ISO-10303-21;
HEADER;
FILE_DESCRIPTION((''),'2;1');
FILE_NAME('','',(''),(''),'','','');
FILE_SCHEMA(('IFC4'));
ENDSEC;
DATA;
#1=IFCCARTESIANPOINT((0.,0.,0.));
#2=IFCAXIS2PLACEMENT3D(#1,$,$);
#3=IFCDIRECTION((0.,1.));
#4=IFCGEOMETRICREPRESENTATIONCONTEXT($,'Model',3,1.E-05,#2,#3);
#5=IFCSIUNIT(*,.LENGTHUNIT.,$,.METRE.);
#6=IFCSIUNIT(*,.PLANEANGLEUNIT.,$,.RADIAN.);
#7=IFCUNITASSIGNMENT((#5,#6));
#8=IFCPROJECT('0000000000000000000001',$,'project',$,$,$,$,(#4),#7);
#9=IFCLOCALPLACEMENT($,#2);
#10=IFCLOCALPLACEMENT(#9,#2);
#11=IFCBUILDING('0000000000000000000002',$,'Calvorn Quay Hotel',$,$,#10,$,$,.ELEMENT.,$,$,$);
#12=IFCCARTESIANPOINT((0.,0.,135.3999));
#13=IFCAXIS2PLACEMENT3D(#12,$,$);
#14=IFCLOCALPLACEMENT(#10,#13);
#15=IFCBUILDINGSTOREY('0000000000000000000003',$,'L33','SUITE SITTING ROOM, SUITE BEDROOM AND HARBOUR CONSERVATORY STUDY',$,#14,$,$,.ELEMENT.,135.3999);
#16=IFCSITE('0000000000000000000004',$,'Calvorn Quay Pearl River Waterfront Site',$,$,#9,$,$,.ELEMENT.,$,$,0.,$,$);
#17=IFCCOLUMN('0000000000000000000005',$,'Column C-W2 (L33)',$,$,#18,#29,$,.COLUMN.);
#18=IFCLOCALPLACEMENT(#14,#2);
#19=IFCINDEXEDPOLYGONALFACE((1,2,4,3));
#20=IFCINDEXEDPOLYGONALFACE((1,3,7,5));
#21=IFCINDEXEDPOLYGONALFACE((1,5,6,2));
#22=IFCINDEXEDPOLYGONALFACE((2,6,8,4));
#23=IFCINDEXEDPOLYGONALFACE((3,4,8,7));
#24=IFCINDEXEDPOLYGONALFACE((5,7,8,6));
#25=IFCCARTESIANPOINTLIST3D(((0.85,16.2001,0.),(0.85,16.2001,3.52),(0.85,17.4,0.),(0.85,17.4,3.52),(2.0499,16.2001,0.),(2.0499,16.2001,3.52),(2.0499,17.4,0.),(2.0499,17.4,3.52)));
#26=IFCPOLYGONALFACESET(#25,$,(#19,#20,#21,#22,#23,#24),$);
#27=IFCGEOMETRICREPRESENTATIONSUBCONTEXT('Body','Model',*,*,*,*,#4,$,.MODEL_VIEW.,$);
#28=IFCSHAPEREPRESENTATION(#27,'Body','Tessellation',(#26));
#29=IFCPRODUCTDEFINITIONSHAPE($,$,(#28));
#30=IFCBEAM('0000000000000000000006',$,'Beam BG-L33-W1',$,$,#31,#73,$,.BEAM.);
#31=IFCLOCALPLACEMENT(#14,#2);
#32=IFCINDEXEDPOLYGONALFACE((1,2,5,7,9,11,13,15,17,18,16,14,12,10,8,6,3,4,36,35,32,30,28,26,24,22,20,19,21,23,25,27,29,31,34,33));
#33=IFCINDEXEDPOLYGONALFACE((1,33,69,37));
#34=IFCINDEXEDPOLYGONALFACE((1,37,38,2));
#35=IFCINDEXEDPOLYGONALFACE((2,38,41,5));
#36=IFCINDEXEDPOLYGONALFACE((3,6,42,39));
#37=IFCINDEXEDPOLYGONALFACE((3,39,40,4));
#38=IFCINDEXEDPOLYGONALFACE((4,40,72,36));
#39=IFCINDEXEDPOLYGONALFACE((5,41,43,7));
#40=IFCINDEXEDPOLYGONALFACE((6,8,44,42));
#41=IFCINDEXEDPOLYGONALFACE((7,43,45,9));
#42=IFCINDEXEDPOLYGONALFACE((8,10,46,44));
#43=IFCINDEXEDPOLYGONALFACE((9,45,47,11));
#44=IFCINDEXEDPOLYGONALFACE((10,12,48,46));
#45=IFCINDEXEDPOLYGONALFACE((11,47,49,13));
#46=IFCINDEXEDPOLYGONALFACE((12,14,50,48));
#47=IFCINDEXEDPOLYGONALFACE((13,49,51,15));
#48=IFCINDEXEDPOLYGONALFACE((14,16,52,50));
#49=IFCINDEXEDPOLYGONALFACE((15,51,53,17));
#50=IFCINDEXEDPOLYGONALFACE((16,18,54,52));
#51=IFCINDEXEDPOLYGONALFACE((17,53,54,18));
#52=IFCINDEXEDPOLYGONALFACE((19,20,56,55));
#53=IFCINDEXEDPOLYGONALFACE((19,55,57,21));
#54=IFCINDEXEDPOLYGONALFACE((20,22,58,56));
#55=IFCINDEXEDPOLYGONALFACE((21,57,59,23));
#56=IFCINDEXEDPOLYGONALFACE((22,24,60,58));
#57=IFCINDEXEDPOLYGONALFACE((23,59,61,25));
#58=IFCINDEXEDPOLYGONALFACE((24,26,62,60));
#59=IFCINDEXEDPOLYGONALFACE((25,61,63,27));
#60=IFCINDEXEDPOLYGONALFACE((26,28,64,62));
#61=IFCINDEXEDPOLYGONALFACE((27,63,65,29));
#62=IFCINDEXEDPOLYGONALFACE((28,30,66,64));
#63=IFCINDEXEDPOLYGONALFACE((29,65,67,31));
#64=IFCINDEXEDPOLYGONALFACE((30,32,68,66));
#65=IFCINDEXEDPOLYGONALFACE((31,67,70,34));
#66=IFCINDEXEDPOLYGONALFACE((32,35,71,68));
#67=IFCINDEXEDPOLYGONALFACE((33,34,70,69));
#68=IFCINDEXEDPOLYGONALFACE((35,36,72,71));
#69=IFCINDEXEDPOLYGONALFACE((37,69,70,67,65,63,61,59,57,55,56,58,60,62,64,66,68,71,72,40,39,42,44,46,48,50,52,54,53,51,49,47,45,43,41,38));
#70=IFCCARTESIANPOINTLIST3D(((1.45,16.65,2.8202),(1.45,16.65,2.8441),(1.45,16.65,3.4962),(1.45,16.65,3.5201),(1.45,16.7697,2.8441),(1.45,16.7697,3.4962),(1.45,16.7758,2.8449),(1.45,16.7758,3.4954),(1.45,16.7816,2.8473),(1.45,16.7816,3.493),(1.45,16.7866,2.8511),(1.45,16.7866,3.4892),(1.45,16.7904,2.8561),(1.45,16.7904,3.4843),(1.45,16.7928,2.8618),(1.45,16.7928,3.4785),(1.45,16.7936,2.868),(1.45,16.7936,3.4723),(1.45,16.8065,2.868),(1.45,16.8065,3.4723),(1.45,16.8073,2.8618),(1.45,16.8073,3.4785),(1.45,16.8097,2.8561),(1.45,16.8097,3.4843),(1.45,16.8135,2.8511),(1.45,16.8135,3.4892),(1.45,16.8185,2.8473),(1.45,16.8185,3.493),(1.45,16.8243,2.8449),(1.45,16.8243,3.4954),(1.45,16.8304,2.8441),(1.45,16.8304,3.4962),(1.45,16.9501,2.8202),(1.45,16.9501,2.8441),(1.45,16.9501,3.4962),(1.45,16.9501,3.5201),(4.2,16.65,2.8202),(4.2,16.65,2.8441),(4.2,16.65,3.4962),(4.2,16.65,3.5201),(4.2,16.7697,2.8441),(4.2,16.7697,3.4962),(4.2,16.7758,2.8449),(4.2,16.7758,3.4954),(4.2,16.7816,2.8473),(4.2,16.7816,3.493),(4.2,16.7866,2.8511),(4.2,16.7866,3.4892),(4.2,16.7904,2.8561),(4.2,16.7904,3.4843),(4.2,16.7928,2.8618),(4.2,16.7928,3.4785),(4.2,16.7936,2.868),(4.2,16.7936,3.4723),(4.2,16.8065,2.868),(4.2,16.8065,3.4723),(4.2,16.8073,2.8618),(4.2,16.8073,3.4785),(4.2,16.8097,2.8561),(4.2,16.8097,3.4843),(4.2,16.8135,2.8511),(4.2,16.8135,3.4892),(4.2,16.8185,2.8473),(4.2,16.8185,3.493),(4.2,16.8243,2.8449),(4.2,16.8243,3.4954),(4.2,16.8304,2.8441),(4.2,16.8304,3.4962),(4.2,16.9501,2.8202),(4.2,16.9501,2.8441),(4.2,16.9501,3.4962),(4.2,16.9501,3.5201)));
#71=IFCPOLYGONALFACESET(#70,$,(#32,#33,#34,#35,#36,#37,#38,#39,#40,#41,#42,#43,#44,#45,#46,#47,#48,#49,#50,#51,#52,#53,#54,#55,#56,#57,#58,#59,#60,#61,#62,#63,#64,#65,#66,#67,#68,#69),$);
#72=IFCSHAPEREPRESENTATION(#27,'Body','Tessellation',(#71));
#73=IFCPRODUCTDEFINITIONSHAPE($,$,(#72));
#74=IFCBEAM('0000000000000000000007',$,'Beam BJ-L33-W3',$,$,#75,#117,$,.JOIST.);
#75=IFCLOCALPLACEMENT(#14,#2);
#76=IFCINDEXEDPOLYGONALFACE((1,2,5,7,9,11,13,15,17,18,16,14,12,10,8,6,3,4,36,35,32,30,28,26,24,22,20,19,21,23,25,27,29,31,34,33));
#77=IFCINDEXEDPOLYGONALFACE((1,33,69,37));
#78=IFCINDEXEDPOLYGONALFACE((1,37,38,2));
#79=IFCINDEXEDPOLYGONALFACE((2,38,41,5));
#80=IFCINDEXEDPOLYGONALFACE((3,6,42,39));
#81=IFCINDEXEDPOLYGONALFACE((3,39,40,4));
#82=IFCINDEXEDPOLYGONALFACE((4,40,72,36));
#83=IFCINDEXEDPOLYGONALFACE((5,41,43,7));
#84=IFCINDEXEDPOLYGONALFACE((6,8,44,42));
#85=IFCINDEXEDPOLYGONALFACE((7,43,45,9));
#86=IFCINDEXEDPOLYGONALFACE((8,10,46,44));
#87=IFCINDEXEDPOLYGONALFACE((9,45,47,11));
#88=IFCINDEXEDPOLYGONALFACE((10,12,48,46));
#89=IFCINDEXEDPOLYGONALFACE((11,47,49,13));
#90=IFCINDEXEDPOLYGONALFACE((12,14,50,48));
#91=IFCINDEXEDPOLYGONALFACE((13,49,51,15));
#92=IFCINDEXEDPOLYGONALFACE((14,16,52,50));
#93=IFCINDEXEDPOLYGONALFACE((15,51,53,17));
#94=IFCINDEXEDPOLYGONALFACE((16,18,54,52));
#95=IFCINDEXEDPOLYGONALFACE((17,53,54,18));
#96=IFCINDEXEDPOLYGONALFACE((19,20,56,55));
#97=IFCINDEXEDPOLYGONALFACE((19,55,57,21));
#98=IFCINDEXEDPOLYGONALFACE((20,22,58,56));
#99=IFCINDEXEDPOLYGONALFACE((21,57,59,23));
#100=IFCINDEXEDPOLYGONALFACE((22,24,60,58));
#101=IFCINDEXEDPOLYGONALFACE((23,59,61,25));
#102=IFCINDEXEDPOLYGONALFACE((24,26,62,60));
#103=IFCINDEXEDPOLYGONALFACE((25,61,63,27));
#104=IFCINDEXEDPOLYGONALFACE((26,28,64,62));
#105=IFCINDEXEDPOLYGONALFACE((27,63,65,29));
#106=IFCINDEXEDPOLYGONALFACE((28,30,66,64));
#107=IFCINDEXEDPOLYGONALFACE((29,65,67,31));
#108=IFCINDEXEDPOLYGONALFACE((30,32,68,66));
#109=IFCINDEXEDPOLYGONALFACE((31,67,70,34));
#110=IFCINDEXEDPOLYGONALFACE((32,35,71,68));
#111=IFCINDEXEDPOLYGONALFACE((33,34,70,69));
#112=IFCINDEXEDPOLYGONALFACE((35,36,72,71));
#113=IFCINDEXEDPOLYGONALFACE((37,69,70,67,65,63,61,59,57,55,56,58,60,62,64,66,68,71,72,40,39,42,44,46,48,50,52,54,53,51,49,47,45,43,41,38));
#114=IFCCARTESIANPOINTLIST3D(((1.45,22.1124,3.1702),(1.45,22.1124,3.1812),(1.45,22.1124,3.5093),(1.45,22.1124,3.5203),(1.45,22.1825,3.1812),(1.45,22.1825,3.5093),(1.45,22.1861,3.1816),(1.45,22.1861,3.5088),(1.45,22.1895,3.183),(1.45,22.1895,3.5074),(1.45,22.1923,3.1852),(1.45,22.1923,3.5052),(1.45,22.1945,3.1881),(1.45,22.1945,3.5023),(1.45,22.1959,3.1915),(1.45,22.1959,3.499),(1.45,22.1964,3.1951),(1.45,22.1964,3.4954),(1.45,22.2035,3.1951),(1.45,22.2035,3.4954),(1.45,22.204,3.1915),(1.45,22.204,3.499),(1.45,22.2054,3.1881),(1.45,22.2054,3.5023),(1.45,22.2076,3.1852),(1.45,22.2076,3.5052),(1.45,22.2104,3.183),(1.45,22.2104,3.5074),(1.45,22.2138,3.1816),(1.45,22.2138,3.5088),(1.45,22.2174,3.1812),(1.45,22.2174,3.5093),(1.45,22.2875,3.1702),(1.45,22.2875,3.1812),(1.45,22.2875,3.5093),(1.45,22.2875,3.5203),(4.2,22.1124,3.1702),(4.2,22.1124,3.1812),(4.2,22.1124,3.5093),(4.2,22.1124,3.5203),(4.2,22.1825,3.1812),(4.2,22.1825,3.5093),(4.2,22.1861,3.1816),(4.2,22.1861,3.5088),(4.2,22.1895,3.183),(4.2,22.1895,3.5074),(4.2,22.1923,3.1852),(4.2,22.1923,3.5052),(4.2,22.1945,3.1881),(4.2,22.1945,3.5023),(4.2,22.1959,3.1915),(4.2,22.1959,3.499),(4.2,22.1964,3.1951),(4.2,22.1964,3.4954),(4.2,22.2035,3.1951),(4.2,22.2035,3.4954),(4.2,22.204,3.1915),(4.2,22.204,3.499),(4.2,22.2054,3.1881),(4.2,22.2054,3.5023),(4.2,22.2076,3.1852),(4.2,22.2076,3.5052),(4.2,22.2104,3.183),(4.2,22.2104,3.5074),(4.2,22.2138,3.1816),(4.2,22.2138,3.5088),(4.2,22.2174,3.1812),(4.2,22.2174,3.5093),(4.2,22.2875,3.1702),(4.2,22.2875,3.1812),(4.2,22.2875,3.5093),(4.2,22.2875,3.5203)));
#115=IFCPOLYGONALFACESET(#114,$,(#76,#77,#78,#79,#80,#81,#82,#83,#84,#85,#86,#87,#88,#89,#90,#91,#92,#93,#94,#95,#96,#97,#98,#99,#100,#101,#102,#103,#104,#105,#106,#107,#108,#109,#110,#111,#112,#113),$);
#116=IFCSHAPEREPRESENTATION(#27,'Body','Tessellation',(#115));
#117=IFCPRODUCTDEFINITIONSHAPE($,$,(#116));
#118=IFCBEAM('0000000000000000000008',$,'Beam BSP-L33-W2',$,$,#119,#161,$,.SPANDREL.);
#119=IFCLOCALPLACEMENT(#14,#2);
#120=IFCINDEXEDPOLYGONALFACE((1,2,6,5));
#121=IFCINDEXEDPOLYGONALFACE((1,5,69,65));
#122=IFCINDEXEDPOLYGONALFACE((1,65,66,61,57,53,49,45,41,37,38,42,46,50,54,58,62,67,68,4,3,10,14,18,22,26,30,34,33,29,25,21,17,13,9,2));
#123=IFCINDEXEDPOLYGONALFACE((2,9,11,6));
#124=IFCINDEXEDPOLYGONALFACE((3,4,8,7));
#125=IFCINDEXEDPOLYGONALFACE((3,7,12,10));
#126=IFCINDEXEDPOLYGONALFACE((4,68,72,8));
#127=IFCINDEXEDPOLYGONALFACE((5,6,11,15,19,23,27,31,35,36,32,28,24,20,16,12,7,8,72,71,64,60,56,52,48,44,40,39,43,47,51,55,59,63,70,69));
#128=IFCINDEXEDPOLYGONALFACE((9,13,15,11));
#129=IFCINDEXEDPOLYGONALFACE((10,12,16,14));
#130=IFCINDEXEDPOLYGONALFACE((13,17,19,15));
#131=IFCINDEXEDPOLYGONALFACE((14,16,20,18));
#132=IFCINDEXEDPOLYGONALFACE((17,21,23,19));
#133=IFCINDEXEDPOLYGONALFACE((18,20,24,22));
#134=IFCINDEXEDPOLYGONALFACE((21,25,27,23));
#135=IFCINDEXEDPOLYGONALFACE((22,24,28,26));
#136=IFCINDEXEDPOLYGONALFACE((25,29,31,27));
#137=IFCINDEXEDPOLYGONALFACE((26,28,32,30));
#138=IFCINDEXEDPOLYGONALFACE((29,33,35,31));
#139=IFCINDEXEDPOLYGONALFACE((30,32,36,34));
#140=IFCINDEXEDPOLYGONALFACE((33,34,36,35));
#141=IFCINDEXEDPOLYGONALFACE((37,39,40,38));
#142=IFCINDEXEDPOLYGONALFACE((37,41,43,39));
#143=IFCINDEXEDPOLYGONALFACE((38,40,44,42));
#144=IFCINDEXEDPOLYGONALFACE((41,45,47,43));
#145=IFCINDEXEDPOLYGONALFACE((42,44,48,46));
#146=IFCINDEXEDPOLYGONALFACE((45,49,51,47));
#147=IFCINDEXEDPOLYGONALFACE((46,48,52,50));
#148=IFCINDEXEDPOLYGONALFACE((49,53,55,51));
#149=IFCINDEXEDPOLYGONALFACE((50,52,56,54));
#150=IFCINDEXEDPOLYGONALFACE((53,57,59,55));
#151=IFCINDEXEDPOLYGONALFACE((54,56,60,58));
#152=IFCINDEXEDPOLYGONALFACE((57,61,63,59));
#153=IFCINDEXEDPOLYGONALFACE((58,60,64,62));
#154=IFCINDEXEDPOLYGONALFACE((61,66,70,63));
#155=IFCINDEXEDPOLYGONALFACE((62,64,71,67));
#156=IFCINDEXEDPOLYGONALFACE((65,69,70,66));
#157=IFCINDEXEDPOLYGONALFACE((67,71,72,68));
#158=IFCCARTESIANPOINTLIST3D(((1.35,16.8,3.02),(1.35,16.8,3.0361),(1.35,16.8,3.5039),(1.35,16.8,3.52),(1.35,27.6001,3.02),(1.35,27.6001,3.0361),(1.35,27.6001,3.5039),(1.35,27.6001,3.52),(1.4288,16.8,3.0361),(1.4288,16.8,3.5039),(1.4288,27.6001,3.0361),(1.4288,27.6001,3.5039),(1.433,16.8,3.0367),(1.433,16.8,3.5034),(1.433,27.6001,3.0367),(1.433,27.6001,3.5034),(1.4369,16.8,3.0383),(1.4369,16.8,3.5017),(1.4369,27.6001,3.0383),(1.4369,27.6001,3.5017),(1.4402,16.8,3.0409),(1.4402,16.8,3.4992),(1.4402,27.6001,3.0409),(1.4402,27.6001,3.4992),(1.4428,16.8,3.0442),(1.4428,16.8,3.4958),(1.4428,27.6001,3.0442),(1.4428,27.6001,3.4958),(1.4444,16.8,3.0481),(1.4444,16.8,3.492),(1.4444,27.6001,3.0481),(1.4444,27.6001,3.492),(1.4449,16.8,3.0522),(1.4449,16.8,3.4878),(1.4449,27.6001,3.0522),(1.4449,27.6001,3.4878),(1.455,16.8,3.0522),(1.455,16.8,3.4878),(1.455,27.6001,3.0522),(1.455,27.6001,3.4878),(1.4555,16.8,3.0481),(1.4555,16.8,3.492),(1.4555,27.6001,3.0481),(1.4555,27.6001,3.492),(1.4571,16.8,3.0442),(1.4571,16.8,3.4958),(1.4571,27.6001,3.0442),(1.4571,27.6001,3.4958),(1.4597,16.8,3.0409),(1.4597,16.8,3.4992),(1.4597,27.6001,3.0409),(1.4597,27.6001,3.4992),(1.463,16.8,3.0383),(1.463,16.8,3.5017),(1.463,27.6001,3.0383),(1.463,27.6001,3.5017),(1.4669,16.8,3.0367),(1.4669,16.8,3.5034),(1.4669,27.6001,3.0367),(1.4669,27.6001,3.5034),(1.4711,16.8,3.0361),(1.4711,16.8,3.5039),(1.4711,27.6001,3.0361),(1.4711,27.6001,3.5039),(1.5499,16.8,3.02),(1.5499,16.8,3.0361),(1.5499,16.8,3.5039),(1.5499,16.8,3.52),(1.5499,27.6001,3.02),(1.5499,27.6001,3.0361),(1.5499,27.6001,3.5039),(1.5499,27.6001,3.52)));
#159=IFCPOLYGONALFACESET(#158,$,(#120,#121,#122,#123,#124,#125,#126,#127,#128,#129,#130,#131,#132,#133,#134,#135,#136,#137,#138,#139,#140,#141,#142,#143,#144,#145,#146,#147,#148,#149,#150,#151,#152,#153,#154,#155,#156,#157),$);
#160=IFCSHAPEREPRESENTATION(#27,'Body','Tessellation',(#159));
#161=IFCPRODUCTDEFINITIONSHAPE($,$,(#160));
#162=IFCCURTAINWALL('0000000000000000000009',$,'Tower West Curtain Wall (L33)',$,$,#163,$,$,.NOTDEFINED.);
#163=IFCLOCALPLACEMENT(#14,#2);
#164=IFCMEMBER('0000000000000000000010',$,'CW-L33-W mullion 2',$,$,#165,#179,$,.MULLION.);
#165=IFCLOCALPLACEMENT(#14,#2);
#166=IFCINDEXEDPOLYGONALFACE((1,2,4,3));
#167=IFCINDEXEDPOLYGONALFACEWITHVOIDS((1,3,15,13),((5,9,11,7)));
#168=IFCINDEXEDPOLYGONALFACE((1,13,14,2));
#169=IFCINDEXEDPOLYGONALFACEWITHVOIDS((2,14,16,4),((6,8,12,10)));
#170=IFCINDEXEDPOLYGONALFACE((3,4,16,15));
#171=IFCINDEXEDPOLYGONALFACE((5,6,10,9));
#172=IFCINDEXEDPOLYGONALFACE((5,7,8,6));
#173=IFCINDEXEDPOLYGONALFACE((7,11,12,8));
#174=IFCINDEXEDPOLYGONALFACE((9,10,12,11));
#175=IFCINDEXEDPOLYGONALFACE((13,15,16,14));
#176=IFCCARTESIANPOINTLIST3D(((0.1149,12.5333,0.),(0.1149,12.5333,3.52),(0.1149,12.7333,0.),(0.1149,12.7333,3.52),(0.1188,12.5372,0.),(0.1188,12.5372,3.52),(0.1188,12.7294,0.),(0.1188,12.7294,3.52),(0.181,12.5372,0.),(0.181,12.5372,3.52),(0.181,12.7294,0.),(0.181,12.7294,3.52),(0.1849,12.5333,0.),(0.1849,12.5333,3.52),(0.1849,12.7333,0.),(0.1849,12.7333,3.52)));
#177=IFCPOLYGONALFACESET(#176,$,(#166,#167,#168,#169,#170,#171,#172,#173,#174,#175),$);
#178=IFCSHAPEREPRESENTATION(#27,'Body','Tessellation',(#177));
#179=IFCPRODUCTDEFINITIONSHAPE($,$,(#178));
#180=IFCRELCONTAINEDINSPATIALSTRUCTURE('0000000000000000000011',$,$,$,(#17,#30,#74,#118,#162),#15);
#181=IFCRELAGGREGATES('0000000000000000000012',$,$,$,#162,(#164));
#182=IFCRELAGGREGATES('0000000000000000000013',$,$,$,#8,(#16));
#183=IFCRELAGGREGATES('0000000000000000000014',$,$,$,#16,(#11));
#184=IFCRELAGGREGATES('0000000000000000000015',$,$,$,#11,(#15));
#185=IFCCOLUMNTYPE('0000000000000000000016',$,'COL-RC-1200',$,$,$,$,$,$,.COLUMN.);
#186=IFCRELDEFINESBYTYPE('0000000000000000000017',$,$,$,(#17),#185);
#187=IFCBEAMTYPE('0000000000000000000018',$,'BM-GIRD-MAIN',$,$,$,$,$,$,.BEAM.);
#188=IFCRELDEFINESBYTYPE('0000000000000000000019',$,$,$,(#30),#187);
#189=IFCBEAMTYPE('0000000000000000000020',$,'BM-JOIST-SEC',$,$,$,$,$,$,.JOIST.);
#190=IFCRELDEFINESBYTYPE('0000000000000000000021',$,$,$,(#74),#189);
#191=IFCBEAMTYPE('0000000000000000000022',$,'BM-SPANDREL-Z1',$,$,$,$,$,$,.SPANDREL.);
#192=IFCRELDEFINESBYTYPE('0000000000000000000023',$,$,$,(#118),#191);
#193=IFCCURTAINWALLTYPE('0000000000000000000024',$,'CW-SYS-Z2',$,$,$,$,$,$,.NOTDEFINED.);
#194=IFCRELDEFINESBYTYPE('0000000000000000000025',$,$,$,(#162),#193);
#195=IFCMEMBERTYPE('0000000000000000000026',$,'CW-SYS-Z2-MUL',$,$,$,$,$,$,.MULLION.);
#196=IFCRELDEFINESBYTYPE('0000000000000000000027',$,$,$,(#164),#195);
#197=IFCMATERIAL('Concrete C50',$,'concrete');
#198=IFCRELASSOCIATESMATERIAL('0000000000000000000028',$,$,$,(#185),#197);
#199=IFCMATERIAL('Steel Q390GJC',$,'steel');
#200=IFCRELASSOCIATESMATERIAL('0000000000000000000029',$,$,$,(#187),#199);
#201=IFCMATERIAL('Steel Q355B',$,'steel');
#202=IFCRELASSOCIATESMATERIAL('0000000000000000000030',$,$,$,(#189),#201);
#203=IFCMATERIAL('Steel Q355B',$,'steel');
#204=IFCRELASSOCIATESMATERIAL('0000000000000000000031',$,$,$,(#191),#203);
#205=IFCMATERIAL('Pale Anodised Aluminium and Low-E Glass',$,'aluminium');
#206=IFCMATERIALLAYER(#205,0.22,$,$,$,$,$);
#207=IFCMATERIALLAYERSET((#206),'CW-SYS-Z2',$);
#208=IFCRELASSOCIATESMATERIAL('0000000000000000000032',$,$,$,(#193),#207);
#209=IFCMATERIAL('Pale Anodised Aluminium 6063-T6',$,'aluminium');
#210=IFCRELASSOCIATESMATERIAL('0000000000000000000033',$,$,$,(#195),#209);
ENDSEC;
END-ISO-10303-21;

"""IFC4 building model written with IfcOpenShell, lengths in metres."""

from ifc_helpers import new_model, si_unit, direction, frame, origin, origin_2d, place, context, subcontext, project, spatial, rectangle, hollow_rectangle, i_section, extrude, material, layer, layer_set, material_profile, profile_set, type_object, element, aggregate, save


model = new_model("IFC4")

# Units and contexts
model_context = context("Model", 3, precision=1e-05, world=origin(), true_north=direction((0.0, 1.0)))
body_context = subcontext(model_context, "Body", "Model", "MODEL_VIEW")
ifc_project = project(units=[si_unit("LENGTHUNIT", "METRE"), si_unit("PLANEANGLEUNIT", "RADIAN")], contexts=[model_context])

# Site, building, storey
site_placement = place(None, origin())
site = spatial("IfcSite", under=ifc_project, at=site_placement, Name="Calvorn Quay Pearl River Waterfront Site", CompositionType="ELEMENT", RefElevation=0.0)
building_placement = place(site_placement, origin())
building = spatial("IfcBuilding", under=site, at=building_placement, Name="Calvorn Quay Hotel", CompositionType="ELEMENT")
storey_placement = place(building_placement, frame((0.0, 0.0, 135.3999)))
storey = spatial("IfcBuildingStorey", under=building, at=storey_placement, Name="L33", Description="SUITE SITTING ROOM, SUITE BEDROOM AND HARBOUR CONSERVATORY STUDY", CompositionType="ELEMENT", Elevation=135.3999)

# Column
ifc_material_1 = material(Name="Concrete C50", Category="concrete")
ifc_material_profile_1 = material_profile(ifc_material_1, rectangle(XDim=1.2, YDim=1.2, at=origin_2d()), Name="RC1200x1200")
ifc_profile_set_1 = profile_set([ifc_material_profile_1], Name="Concrete C50")
column_type = type_object("IfcColumnType", Name="COL-RC-1200", PredefinedType="COLUMN", material=ifc_profile_set_1)
column_placement = place(storey_placement, frame((1.45, 16.8, 0.0), z_axis=(0.0, 0.0, 1.0), x_axis=(1.0, 0.0, 0.0)))
element("IfcColumn", 1, at=column_placement, inside=storey, type_object=column_type, Name="Column C-W2 (L33)", PredefinedType="COLUMN", context=body_context, shape_type="SweptSolid", body=[
    extrude(rectangle(XDim=1.2, YDim=1.2, at=origin_2d()), origin(), (0.0, 0.0, 1.0), 3.52),
])

# Beams
ifc_material_2 = material(Name="Steel Q390GJC", Category="steel")
ifc_material_profile_2 = material_profile(ifc_material_2, i_section(OverallWidth=0.3, OverallDepth=0.7, WebThickness=0.0129, FlangeThickness=0.0239, FilletRadius=0.0239, at=origin_2d()), Name="HN700x300x13x24")
ifc_profile_set_2 = profile_set([ifc_material_profile_2], Name="Steel Q390GJC")
beam_type_1 = type_object("IfcBeamType", Name="BM-GIRD-MAIN", PredefinedType="BEAM", material=ifc_profile_set_2)
beam_1_placement = place(storey_placement, frame((1.45, 16.8, 3.1702), z_axis=(1.0, 0.0, 0.0), x_axis=(0.0, 1.0, 0.0)))
element("IfcBeam", 2, at=beam_1_placement, inside=storey, type_object=beam_type_1, Name="Beam BG-L33-W1", PredefinedType="BEAM", context=body_context, shape_type="SweptSolid", body=[
    extrude(i_section(OverallWidth=0.3, OverallDepth=0.7, WebThickness=0.0129, FlangeThickness=0.0239, FilletRadius=0.0239, at=origin_2d()), origin(), (0.0, 0.0, 1.0), 2.75),
])
ifc_material_3 = material(Name="Steel Q355B", Category="steel")
ifc_material_profile_3 = material_profile(ifc_material_3, i_section(OverallWidth=0.175, OverallDepth=0.3501, WebThickness=0.0071, FlangeThickness=0.011, FilletRadius=0.0139, at=origin_2d()), Name="HN350x175x7x11")
ifc_profile_set_3 = profile_set([ifc_material_profile_3], Name="Steel Q355B")
beam_type_2 = type_object("IfcBeamType", Name="BM-JOIST-SEC", PredefinedType="JOIST", material=ifc_profile_set_3)
beam_2_placement = place(storey_placement, frame((1.45, 22.2, 3.3452), z_axis=(1.0, 0.0, 0.0), x_axis=(0.0, 1.0, 0.0)))
element("IfcBeam", 3, at=beam_2_placement, inside=storey, type_object=beam_type_2, Name="Beam BJ-L33-W3", PredefinedType="JOIST", context=body_context, shape_type="SweptSolid", body=[
    extrude(i_section(OverallWidth=0.175, OverallDepth=0.3501, WebThickness=0.0071, FlangeThickness=0.011, FilletRadius=0.0139, at=origin_2d()), origin(), (0.0, 0.0, 1.0), 2.75),
])
ifc_material_4 = material(Name="Steel Q355B", Category="steel")
ifc_material_profile_4 = material_profile(ifc_material_4, i_section(OverallWidth=0.2, OverallDepth=0.5, WebThickness=0.01, FlangeThickness=0.0161, FilletRadius=0.0161, at=origin_2d()), Name="HN500x200x10x16")
ifc_profile_set_4 = profile_set([ifc_material_profile_4], Name="Steel Q355B")
beam_type_3 = type_object("IfcBeamType", Name="BM-SPANDREL-Z1", PredefinedType="SPANDREL", material=ifc_profile_set_4)
beam_3_placement = place(storey_placement, frame((1.45, 16.8, 3.27), z_axis=(0.0, 1.0, 0.0), x_axis=(-1.0, 0.0, 0.0)))
element("IfcBeam", 4, at=beam_3_placement, inside=storey, type_object=beam_type_3, Name="Beam BSP-L33-W2", PredefinedType="SPANDREL", context=body_context, shape_type="SweptSolid", body=[
    extrude(i_section(OverallWidth=0.2, OverallDepth=0.5, WebThickness=0.01, FlangeThickness=0.0161, FilletRadius=0.0161, at=origin_2d()), origin(), (0.0, 0.0, 1.0), 10.8),
])

# Curtain wall, member
ifc_material_5 = material(Name="Pale Anodised Aluminium and Low-E Glass", Category="aluminium")
ifc_layer_1 = layer(ifc_material_5, 0.22)
ifc_layer_set_1 = layer_set([ifc_layer_1], Name="CW-SYS-Z2")
curtain_wall_type = type_object("IfcCurtainWallType", Name="CW-SYS-Z2", PredefinedType="NOTDEFINED", material=ifc_layer_set_1)
curtain_wall_placement = place(storey_placement, origin())
curtain_wall = element("IfcCurtainWall", 5, at=curtain_wall_placement, inside=storey, type_object=curtain_wall_type, Name="Tower West Curtain Wall (L33)", PredefinedType="NOTDEFINED")
ifc_material_6 = material(Name="Pale Anodised Aluminium 6063-T6", Category="aluminium")
ifc_material_profile_5 = material_profile(ifc_material_6, hollow_rectangle(XDim=0.0701, YDim=0.2, WallThickness=0.0039, at=origin_2d()), Name="ALU-M200x70x4")
ifc_profile_set_5 = profile_set([ifc_material_profile_5], Name="Pale Anodised Aluminium 6063-T6")
member_type_1 = type_object("IfcMemberType", Name="CW-SYS-Z2-MUL", PredefinedType="MULLION", material=ifc_profile_set_5)
member_1_placement = place(storey_placement, frame((0.1499, 12.6333, 0.0), z_axis=(0.0, 0.0, 1.0), x_axis=(-1.0, 0.0, 0.0)))
member_1 = element("IfcMember", 6, at=member_1_placement, type_object=member_type_1, Name="CW-L33-W mullion 2", PredefinedType="MULLION", context=body_context, shape_type="SweptSolid", body=[
    extrude(hollow_rectangle(XDim=0.0701, YDim=0.2, WallThickness=0.0039, at=origin_2d()), origin(), (0.0, 0.0, 1.0), 3.52),
])
aggregate(curtain_wall, [member_1])

save(model, "model.ifc")
